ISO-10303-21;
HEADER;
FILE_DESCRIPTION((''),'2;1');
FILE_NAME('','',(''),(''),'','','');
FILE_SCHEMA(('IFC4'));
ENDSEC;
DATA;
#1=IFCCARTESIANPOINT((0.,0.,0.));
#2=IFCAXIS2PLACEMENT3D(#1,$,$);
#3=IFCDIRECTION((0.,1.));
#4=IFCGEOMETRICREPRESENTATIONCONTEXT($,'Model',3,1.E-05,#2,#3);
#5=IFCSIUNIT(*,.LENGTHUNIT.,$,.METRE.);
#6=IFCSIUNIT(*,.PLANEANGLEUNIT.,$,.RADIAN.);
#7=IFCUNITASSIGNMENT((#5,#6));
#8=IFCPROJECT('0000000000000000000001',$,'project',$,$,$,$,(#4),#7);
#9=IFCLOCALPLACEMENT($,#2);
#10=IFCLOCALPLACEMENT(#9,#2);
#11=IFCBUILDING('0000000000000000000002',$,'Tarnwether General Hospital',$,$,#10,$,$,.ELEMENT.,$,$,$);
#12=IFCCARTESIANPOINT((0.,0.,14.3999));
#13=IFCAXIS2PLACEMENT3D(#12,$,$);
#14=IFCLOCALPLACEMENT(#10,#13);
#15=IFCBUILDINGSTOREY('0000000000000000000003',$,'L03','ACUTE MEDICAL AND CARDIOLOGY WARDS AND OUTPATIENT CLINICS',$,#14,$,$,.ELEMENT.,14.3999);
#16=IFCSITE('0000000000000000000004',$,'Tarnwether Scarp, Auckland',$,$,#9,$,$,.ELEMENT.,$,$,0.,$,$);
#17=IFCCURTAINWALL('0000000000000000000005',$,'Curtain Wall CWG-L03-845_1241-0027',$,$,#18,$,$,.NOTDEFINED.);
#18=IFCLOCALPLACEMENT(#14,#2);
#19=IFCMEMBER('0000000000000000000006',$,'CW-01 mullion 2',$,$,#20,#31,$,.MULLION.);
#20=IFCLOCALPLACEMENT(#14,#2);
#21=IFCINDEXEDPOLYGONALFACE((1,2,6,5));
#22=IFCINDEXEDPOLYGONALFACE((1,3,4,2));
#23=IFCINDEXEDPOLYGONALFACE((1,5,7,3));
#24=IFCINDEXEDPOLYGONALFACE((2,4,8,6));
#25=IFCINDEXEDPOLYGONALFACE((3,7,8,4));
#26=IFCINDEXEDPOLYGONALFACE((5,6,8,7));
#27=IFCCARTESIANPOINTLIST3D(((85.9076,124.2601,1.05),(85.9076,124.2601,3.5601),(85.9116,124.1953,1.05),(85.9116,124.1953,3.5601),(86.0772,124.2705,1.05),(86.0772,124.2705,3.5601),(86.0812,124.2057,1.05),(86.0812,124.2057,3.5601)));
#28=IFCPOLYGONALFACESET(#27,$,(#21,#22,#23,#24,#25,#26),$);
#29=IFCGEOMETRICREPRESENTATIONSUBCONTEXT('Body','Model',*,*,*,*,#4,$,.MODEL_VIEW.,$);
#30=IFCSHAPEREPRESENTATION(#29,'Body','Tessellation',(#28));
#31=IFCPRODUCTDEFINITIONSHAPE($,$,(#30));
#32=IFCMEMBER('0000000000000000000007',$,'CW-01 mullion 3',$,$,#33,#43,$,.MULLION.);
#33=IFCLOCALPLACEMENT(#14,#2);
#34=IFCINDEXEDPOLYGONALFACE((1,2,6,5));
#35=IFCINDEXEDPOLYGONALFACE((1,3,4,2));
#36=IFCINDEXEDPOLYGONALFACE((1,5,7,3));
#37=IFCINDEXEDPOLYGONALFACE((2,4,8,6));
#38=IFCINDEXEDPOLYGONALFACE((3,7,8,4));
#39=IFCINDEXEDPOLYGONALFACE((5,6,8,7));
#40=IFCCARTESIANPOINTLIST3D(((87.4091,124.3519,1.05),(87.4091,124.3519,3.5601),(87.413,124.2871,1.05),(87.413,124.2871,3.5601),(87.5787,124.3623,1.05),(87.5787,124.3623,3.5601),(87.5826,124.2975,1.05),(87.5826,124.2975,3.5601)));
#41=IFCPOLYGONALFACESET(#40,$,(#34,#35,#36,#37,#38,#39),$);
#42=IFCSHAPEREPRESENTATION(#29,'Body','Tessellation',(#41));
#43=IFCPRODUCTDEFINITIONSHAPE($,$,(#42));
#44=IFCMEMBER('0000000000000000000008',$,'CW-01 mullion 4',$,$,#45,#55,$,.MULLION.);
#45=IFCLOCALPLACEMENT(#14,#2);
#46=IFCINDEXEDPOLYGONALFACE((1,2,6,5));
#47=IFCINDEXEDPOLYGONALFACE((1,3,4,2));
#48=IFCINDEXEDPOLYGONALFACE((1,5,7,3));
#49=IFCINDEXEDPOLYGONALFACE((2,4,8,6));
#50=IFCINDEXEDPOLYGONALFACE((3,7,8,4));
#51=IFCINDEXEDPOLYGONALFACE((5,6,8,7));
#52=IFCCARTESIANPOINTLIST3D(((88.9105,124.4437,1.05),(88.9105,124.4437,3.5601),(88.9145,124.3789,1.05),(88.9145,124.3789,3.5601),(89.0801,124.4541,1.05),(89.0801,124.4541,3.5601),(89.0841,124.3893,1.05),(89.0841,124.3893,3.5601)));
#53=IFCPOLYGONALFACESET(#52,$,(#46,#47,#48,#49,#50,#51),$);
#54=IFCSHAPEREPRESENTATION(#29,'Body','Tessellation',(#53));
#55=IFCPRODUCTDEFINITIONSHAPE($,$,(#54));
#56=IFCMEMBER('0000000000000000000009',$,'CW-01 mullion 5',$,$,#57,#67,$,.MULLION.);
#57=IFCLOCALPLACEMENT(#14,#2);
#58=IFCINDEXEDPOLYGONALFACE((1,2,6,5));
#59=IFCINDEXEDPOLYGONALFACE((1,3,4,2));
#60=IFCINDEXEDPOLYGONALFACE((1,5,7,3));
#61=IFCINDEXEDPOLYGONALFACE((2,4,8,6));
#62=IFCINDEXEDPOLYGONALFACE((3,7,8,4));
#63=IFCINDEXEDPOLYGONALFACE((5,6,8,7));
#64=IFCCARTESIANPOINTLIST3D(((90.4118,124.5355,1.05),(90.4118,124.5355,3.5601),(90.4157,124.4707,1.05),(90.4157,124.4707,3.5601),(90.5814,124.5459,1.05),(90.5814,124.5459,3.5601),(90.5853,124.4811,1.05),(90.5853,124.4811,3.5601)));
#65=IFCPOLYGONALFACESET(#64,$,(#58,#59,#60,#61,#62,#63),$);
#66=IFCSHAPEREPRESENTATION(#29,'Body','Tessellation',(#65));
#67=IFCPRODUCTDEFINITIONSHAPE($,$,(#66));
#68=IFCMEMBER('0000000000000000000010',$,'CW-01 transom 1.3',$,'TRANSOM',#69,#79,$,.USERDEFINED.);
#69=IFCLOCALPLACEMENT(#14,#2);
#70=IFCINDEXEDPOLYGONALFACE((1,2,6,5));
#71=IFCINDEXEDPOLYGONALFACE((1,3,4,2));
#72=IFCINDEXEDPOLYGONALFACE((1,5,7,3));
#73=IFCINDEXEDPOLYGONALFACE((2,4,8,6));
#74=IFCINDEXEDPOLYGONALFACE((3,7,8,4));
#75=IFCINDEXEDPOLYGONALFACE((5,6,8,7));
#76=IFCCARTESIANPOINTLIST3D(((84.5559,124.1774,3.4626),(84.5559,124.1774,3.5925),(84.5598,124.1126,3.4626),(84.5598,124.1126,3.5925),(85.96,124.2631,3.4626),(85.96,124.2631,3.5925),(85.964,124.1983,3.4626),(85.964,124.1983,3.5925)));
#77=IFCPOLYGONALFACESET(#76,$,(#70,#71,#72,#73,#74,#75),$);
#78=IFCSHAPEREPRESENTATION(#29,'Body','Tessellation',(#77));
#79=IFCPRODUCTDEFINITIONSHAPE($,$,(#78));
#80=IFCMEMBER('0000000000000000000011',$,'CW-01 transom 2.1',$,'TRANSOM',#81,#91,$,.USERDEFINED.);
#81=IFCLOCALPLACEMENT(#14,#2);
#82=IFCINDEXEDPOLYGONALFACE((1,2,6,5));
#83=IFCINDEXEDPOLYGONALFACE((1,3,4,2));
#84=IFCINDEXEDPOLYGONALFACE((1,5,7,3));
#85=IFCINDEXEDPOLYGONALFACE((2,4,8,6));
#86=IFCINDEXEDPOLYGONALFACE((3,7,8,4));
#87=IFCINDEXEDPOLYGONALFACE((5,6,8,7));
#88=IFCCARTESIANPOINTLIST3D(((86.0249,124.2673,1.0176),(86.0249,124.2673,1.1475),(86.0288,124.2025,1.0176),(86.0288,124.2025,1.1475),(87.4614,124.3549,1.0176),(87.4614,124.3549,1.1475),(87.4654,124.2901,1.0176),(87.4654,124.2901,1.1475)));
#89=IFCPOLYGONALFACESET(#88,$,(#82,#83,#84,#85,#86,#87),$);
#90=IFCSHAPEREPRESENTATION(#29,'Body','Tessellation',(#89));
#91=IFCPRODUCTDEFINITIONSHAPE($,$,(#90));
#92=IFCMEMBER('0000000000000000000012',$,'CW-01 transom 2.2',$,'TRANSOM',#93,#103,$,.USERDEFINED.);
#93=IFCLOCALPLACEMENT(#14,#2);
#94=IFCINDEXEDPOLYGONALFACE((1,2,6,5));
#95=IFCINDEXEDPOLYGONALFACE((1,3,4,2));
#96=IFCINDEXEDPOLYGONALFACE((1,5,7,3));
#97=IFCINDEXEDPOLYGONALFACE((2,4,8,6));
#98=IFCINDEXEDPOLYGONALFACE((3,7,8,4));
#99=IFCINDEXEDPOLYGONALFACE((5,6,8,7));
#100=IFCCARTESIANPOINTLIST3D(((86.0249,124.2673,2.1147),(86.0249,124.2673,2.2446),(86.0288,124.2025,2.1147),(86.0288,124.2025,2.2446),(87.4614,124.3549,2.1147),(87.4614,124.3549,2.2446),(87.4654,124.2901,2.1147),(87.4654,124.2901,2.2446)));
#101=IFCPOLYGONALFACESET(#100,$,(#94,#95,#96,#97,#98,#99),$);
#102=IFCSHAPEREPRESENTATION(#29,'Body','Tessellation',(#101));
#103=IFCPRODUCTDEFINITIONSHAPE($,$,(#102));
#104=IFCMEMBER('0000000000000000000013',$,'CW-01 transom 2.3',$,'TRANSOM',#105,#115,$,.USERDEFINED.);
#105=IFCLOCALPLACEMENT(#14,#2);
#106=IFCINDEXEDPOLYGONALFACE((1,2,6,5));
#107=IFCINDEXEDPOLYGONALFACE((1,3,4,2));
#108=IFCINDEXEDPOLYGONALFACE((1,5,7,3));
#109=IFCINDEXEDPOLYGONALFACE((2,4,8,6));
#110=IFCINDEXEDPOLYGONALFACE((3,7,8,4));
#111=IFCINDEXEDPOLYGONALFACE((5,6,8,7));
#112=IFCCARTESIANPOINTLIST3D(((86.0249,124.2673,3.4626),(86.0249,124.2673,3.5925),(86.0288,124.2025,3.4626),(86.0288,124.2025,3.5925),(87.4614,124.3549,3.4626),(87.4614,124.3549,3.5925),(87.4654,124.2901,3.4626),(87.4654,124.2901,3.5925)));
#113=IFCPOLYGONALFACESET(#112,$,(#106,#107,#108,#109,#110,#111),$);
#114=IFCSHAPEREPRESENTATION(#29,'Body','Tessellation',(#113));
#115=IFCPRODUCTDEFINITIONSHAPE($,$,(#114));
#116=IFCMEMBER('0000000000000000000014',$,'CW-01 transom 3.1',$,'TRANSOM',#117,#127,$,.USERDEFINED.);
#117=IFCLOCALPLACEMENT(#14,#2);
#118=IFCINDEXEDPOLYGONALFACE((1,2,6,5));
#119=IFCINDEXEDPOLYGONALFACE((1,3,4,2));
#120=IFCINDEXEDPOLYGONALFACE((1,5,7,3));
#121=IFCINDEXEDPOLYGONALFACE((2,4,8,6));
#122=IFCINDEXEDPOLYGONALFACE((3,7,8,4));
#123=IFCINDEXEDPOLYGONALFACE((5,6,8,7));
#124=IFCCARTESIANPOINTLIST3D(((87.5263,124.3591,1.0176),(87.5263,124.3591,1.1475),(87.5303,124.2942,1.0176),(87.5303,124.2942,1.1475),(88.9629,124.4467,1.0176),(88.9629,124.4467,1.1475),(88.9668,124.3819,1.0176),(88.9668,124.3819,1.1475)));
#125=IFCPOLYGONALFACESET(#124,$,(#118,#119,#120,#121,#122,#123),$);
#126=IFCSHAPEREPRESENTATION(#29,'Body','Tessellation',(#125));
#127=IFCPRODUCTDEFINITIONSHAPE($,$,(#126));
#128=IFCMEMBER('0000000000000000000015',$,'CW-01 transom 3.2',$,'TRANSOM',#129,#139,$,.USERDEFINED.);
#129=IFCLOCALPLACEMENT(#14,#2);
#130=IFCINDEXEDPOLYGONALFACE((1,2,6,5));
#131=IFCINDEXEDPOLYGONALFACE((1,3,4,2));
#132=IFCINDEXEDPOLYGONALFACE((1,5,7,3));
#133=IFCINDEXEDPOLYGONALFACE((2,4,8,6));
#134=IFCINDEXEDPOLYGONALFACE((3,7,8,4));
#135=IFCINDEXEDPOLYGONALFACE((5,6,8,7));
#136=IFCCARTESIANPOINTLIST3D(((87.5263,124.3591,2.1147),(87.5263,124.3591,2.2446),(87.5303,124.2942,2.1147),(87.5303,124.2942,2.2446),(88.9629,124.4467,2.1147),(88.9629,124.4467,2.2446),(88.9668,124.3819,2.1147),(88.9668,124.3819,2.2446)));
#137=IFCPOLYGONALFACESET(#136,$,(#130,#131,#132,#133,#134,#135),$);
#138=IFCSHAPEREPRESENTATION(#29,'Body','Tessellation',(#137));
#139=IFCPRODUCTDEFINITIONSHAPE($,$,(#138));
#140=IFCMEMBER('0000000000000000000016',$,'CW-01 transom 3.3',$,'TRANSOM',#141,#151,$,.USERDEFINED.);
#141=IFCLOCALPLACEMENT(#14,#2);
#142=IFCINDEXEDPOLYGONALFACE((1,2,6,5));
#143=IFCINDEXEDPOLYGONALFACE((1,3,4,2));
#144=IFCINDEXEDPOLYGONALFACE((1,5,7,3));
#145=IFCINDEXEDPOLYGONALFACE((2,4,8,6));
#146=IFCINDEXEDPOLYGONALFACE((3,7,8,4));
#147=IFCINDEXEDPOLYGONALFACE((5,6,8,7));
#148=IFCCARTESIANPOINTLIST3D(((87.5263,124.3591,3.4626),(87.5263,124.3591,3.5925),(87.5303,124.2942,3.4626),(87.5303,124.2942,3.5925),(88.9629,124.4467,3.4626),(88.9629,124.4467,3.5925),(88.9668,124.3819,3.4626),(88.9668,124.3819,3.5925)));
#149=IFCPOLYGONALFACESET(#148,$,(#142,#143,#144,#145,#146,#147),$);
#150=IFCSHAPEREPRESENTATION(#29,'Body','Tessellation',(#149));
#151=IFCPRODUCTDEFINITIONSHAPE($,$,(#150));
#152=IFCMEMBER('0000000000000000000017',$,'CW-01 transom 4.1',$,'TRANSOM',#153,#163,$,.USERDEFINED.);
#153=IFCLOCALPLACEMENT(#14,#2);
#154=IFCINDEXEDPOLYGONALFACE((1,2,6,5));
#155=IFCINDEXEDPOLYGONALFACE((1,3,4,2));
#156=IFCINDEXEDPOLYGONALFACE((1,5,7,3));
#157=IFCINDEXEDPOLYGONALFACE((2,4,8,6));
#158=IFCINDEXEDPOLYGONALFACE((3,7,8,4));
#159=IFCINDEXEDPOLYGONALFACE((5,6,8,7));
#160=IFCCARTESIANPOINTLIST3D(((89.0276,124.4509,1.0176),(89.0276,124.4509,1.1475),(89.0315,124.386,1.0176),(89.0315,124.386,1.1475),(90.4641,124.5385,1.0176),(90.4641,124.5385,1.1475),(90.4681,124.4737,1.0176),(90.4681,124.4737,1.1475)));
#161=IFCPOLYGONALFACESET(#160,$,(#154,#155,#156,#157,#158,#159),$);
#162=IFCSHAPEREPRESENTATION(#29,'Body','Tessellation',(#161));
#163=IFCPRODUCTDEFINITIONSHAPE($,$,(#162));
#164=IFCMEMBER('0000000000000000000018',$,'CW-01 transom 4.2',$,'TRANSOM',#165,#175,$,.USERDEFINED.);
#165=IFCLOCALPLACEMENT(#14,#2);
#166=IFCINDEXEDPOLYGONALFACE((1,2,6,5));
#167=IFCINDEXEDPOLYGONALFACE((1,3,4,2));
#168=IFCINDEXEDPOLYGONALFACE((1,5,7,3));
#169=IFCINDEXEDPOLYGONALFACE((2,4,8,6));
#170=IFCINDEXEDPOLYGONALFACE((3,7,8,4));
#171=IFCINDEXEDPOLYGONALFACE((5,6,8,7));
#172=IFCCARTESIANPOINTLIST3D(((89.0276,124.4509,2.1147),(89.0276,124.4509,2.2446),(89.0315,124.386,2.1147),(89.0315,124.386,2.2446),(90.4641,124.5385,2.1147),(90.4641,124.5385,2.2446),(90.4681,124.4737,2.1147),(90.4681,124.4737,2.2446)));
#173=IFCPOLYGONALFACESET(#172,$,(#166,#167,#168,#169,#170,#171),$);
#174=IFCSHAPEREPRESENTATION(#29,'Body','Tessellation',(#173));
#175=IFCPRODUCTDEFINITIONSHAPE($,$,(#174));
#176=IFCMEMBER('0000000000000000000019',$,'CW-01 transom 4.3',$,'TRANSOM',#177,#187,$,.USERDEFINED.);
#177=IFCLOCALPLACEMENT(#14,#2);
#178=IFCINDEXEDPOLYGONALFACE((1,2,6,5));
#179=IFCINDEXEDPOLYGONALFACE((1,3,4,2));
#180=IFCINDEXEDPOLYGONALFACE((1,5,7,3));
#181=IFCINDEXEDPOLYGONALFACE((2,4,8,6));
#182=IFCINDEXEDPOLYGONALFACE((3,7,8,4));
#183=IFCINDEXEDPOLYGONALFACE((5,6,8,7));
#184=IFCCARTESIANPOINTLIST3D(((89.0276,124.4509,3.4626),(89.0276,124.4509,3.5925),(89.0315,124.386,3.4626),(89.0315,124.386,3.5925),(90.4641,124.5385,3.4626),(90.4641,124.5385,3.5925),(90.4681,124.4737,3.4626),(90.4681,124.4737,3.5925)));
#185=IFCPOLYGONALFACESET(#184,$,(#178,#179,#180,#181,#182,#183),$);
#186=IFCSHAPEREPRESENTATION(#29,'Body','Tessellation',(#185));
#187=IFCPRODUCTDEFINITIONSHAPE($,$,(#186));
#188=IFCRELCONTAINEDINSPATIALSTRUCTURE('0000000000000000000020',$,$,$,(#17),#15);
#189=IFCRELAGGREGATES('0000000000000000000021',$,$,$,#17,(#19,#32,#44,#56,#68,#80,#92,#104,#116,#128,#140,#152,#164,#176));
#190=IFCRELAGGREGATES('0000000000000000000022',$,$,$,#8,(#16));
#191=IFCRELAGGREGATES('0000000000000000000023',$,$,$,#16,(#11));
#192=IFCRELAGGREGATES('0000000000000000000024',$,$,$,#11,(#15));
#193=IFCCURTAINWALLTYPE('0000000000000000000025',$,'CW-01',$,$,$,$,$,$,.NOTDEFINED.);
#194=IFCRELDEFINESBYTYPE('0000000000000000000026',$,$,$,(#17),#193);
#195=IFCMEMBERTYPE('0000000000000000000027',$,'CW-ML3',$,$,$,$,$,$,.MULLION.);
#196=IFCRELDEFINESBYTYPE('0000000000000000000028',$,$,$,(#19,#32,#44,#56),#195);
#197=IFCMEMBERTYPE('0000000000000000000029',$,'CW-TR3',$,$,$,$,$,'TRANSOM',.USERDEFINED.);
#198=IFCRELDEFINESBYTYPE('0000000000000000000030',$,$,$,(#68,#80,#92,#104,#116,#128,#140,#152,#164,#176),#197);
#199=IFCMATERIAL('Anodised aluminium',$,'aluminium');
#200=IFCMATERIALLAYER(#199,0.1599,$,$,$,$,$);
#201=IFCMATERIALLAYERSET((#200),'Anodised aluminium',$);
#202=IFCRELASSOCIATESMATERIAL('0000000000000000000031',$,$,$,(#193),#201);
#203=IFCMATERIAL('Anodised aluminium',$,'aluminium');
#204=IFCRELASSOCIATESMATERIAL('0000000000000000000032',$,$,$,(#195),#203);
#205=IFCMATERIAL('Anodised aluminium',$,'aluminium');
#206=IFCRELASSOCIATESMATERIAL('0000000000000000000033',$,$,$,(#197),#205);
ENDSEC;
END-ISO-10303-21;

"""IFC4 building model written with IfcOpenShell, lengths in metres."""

from ifc_helpers import new_model, si_unit, direction, frame, origin, origin_2d, place, context, subcontext, project, spatial, rectangle, extrude, material, layer, layer_set, material_profile, profile_set, type_object, element, aggregate, save


model = new_model("IFC4")

# Units and contexts
model_context = context("Model", 3, precision=1e-05, world=origin(), true_north=direction((0.0, 1.0)))
body_context = subcontext(model_context, "Body", "Model", "MODEL_VIEW")
ifc_project = project(units=[si_unit("LENGTHUNIT", "METRE"), si_unit("PLANEANGLEUNIT", "RADIAN")], contexts=[model_context])

# Site, building, storey
site_placement = place(None, origin())
site = spatial("IfcSite", under=ifc_project, at=site_placement, Name="Tarnwether Scarp, Auckland", CompositionType="ELEMENT", RefElevation=0.0)
building_placement = place(site_placement, origin())
building = spatial("IfcBuilding", under=site, at=building_placement, Name="Tarnwether General Hospital", CompositionType="ELEMENT")
storey_placement = place(building_placement, frame((0.0, 0.0, 14.3999)))
storey = spatial("IfcBuildingStorey", under=building, at=storey_placement, Name="L03", Description="ACUTE MEDICAL AND CARDIOLOGY WARDS AND OUTPATIENT CLINICS", CompositionType="ELEMENT", Elevation=14.3999)

# Curtain wall, members
ifc_material_1 = material(Name="Anodised aluminium", Category="aluminium")
ifc_layer_1 = layer(ifc_material_1, 0.1599)
ifc_layer_set_1 = layer_set([ifc_layer_1], Name="Anodised aluminium")
curtain_wall_type = type_object("IfcCurtainWallType", Name="CW-01", PredefinedType="NOTDEFINED", material=ifc_layer_set_1)
curtain_wall_placement = place(storey_placement, origin())
curtain_wall = element("IfcCurtainWall", 1, at=curtain_wall_placement, inside=storey, type_object=curtain_wall_type, Name="Curtain Wall CWG-L03-845_1241-0027", PredefinedType="NOTDEFINED")
ifc_material_2 = material(Name="Anodised aluminium", Category="aluminium")
ifc_material_profile_1 = material_profile(ifc_material_2, rectangle(XDim=0.0649, YDim=0.1699, at=origin_2d()), Name="ALU-MUL-65x170")
ifc_profile_set_1 = profile_set([ifc_material_profile_1], Name="Anodised aluminium")
member_type_1 = type_object("IfcMemberType", Name="CW-ML3", PredefinedType="MULLION", material=ifc_profile_set_1)
member_1_placement = place(storey_placement, frame((85.9944, 124.2329, 1.05), z_axis=(0.0, 0.0, 1.0), x_axis=(-0.061029, 0.998136, 0.0)))
member_1 = element("IfcMember", 2, at=member_1_placement, type_object=member_type_1, Name="CW-01 mullion 2", PredefinedType="MULLION", context=body_context, shape_type="SweptSolid", body=[
    extrude(rectangle(XDim=0.0649, YDim=0.1699, at=origin_2d()), origin(), (0.0, 0.0, 1.0), 2.51),
])
member_2_placement = place(storey_placement, frame((87.4958, 124.3247, 1.05), z_axis=(0.0, 0.0, 1.0), x_axis=(-0.061029, 0.998136, 0.0)))
member_2 = element("IfcMember", 3, at=member_2_placement, type_object=member_type_1, Name="CW-01 mullion 3", PredefinedType="MULLION", context=body_context, shape_type="SweptSolid", body=[
    extrude(rectangle(XDim=0.0649, YDim=0.1699, at=origin_2d()), origin(), (0.0, 0.0, 1.0), 2.51),
])
member_3_placement = place(storey_placement, frame((88.9973, 124.4165, 1.05), z_axis=(0.0, 0.0, 1.0), x_axis=(-0.061029, 0.998136, 0.0)))
member_3 = element("IfcMember", 4, at=member_3_placement, type_object=member_type_1, Name="CW-01 mullion 4", PredefinedType="MULLION", context=body_context, shape_type="SweptSolid", body=[
    extrude(rectangle(XDim=0.0649, YDim=0.1699, at=origin_2d()), origin(), (0.0, 0.0, 1.0), 2.51),
])
member_4_placement = place(storey_placement, frame((90.4985, 124.5083, 1.05), z_axis=(0.0, 0.0, 1.0), x_axis=(-0.061029, 0.998136, 0.0)))
member_4 = element("IfcMember", 5, at=member_4_placement, type_object=member_type_1, Name="CW-01 mullion 5", PredefinedType="MULLION", context=body_context, shape_type="SweptSolid", body=[
    extrude(rectangle(XDim=0.0649, YDim=0.1699, at=origin_2d()), origin(), (0.0, 0.0, 1.0), 2.51),
])
ifc_material_3 = material(Name="Anodised aluminium", Category="aluminium")
ifc_material_profile_2 = material_profile(ifc_material_3, rectangle(XDim=0.0649, YDim=0.1299, at=origin_2d()), Name="ALU-TRN-65x130")
ifc_profile_set_2 = profile_set([ifc_material_profile_2], Name="Anodised aluminium")
member_type_2 = type_object("IfcMemberType", Name="CW-TR3", ElementType="TRANSOM", PredefinedType="USERDEFINED", material=ifc_profile_set_2)
member_5_placement = place(storey_placement, frame((84.5579, 124.145, 3.5276), z_axis=(0.998143, 0.06092, 0.0), x_axis=(-0.06092, 0.998143, 0.0)))
member_5 = element("IfcMember", 6, at=member_5_placement, type_object=member_type_2, Name="CW-01 transom 1.3", ObjectType="TRANSOM", PredefinedType="USERDEFINED", context=body_context, shape_type="SweptSolid", body=[
    extrude(rectangle(XDim=0.0649, YDim=0.1299, at=origin_2d()), origin(), (0.0, 0.0, 1.0), 1.4067),
])
member_6_placement = place(storey_placement, frame((86.0269, 124.2349, 1.0825), z_axis=(0.998144, 0.0609, 0.0), x_axis=(-0.0609, 0.998144, 0.0)))
member_6 = element("IfcMember", 7, at=member_6_placement, type_object=member_type_2, Name="CW-01 transom 2.1", ObjectType="TRANSOM", PredefinedType="USERDEFINED", context=body_context, shape_type="SweptSolid", body=[
    extrude(rectangle(XDim=0.0649, YDim=0.1299, at=origin_2d()), origin(), (0.0, 0.0, 1.0), 1.4392),
])
member_7_placement = place(storey_placement, frame((86.0269, 124.2349, 2.1797), z_axis=(0.998144, 0.0609, 0.0), x_axis=(-0.0609, 0.998144, 0.0)))
member_7 = element("IfcMember", 8, at=member_7_placement, type_object=member_type_2, Name="CW-01 transom 2.2", ObjectType="TRANSOM", PredefinedType="USERDEFINED", context=body_context, shape_type="SweptSolid", body=[
    extrude(rectangle(XDim=0.0649, YDim=0.1299, at=origin_2d()), origin(), (0.0, 0.0, 1.0), 1.4392),
])
member_8_placement = place(storey_placement, frame((86.0269, 124.2349, 3.5276), z_axis=(0.998144, 0.0609, 0.0), x_axis=(-0.0609, 0.998144, 0.0)))
member_8 = element("IfcMember", 9, at=member_8_placement, type_object=member_type_2, Name="CW-01 transom 2.3", ObjectType="TRANSOM", PredefinedType="USERDEFINED", context=body_context, shape_type="SweptSolid", body=[
    extrude(rectangle(XDim=0.0649, YDim=0.1299, at=origin_2d()), origin(), (0.0, 0.0, 1.0), 1.4392),
])
member_9_placement = place(storey_placement, frame((87.5283, 124.3267, 1.0825), z_axis=(0.998144, 0.0609, 0.0), x_axis=(-0.0609, 0.998144, 0.0)))
member_9 = element("IfcMember", 10, at=member_9_placement, type_object=member_type_2, Name="CW-01 transom 3.1", ObjectType="TRANSOM", PredefinedType="USERDEFINED", context=body_context, shape_type="SweptSolid", body=[
    extrude(rectangle(XDim=0.0649, YDim=0.1299, at=origin_2d()), origin(), (0.0, 0.0, 1.0), 1.4392),
])
member_10_placement = place(storey_placement, frame((87.5283, 124.3267, 2.1797), z_axis=(0.998144, 0.0609, 0.0), x_axis=(-0.0609, 0.998144, 0.0)))
member_10 = element("IfcMember", 11, at=member_10_placement, type_object=member_type_2, Name="CW-01 transom 3.2", ObjectType="TRANSOM", PredefinedType="USERDEFINED", context=body_context, shape_type="SweptSolid", body=[
    extrude(rectangle(XDim=0.0649, YDim=0.1299, at=origin_2d()), origin(), (0.0, 0.0, 1.0), 1.4392),
])
member_11_placement = place(storey_placement, frame((87.5283, 124.3267, 3.5276), z_axis=(0.998144, 0.0609, 0.0), x_axis=(-0.0609, 0.998144, 0.0)))
member_11 = element("IfcMember", 12, at=member_11_placement, type_object=member_type_2, Name="CW-01 transom 3.3", ObjectType="TRANSOM", PredefinedType="USERDEFINED", context=body_context, shape_type="SweptSolid", body=[
    extrude(rectangle(XDim=0.0649, YDim=0.1299, at=origin_2d()), origin(), (0.0, 0.0, 1.0), 1.4392),
])
member_12_placement = place(storey_placement, frame((89.0295, 124.4185, 1.0825), z_axis=(0.998144, 0.0609, 0.0), x_axis=(-0.0609, 0.998144, 0.0)))
member_12 = element("IfcMember", 13, at=member_12_placement, type_object=member_type_2, Name="CW-01 transom 4.1", ObjectType="TRANSOM", PredefinedType="USERDEFINED", context=body_context, shape_type="SweptSolid", body=[
    extrude(rectangle(XDim=0.0649, YDim=0.1299, at=origin_2d()), origin(), (0.0, 0.0, 1.0), 1.4392),
])
member_13_placement = place(storey_placement, frame((89.0295, 124.4185, 2.1797), z_axis=(0.998144, 0.0609, 0.0), x_axis=(-0.0609, 0.998144, 0.0)))
member_13 = element("IfcMember", 14, at=member_13_placement, type_object=member_type_2, Name="CW-01 transom 4.2", ObjectType="TRANSOM", PredefinedType="USERDEFINED", context=body_context, shape_type="SweptSolid", body=[
    extrude(rectangle(XDim=0.0649, YDim=0.1299, at=origin_2d()), origin(), (0.0, 0.0, 1.0), 1.4392),
])
member_14_placement = place(storey_placement, frame((89.0295, 124.4185, 3.5276), z_axis=(0.998144, 0.0609, 0.0), x_axis=(-0.0609, 0.998144, 0.0)))
member_14 = element("IfcMember", 15, at=member_14_placement, type_object=member_type_2, Name="CW-01 transom 4.3", ObjectType="TRANSOM", PredefinedType="USERDEFINED", context=body_context, shape_type="SweptSolid", body=[
    extrude(rectangle(XDim=0.0649, YDim=0.1299, at=origin_2d()), origin(), (0.0, 0.0, 1.0), 1.4392),
])
aggregate(curtain_wall, [member_1, member_2, member_3, member_4, member_5, member_6, member_7, member_8, member_9, member_10, member_11, member_12, member_13, member_14])

save(model, "model.ifc")
